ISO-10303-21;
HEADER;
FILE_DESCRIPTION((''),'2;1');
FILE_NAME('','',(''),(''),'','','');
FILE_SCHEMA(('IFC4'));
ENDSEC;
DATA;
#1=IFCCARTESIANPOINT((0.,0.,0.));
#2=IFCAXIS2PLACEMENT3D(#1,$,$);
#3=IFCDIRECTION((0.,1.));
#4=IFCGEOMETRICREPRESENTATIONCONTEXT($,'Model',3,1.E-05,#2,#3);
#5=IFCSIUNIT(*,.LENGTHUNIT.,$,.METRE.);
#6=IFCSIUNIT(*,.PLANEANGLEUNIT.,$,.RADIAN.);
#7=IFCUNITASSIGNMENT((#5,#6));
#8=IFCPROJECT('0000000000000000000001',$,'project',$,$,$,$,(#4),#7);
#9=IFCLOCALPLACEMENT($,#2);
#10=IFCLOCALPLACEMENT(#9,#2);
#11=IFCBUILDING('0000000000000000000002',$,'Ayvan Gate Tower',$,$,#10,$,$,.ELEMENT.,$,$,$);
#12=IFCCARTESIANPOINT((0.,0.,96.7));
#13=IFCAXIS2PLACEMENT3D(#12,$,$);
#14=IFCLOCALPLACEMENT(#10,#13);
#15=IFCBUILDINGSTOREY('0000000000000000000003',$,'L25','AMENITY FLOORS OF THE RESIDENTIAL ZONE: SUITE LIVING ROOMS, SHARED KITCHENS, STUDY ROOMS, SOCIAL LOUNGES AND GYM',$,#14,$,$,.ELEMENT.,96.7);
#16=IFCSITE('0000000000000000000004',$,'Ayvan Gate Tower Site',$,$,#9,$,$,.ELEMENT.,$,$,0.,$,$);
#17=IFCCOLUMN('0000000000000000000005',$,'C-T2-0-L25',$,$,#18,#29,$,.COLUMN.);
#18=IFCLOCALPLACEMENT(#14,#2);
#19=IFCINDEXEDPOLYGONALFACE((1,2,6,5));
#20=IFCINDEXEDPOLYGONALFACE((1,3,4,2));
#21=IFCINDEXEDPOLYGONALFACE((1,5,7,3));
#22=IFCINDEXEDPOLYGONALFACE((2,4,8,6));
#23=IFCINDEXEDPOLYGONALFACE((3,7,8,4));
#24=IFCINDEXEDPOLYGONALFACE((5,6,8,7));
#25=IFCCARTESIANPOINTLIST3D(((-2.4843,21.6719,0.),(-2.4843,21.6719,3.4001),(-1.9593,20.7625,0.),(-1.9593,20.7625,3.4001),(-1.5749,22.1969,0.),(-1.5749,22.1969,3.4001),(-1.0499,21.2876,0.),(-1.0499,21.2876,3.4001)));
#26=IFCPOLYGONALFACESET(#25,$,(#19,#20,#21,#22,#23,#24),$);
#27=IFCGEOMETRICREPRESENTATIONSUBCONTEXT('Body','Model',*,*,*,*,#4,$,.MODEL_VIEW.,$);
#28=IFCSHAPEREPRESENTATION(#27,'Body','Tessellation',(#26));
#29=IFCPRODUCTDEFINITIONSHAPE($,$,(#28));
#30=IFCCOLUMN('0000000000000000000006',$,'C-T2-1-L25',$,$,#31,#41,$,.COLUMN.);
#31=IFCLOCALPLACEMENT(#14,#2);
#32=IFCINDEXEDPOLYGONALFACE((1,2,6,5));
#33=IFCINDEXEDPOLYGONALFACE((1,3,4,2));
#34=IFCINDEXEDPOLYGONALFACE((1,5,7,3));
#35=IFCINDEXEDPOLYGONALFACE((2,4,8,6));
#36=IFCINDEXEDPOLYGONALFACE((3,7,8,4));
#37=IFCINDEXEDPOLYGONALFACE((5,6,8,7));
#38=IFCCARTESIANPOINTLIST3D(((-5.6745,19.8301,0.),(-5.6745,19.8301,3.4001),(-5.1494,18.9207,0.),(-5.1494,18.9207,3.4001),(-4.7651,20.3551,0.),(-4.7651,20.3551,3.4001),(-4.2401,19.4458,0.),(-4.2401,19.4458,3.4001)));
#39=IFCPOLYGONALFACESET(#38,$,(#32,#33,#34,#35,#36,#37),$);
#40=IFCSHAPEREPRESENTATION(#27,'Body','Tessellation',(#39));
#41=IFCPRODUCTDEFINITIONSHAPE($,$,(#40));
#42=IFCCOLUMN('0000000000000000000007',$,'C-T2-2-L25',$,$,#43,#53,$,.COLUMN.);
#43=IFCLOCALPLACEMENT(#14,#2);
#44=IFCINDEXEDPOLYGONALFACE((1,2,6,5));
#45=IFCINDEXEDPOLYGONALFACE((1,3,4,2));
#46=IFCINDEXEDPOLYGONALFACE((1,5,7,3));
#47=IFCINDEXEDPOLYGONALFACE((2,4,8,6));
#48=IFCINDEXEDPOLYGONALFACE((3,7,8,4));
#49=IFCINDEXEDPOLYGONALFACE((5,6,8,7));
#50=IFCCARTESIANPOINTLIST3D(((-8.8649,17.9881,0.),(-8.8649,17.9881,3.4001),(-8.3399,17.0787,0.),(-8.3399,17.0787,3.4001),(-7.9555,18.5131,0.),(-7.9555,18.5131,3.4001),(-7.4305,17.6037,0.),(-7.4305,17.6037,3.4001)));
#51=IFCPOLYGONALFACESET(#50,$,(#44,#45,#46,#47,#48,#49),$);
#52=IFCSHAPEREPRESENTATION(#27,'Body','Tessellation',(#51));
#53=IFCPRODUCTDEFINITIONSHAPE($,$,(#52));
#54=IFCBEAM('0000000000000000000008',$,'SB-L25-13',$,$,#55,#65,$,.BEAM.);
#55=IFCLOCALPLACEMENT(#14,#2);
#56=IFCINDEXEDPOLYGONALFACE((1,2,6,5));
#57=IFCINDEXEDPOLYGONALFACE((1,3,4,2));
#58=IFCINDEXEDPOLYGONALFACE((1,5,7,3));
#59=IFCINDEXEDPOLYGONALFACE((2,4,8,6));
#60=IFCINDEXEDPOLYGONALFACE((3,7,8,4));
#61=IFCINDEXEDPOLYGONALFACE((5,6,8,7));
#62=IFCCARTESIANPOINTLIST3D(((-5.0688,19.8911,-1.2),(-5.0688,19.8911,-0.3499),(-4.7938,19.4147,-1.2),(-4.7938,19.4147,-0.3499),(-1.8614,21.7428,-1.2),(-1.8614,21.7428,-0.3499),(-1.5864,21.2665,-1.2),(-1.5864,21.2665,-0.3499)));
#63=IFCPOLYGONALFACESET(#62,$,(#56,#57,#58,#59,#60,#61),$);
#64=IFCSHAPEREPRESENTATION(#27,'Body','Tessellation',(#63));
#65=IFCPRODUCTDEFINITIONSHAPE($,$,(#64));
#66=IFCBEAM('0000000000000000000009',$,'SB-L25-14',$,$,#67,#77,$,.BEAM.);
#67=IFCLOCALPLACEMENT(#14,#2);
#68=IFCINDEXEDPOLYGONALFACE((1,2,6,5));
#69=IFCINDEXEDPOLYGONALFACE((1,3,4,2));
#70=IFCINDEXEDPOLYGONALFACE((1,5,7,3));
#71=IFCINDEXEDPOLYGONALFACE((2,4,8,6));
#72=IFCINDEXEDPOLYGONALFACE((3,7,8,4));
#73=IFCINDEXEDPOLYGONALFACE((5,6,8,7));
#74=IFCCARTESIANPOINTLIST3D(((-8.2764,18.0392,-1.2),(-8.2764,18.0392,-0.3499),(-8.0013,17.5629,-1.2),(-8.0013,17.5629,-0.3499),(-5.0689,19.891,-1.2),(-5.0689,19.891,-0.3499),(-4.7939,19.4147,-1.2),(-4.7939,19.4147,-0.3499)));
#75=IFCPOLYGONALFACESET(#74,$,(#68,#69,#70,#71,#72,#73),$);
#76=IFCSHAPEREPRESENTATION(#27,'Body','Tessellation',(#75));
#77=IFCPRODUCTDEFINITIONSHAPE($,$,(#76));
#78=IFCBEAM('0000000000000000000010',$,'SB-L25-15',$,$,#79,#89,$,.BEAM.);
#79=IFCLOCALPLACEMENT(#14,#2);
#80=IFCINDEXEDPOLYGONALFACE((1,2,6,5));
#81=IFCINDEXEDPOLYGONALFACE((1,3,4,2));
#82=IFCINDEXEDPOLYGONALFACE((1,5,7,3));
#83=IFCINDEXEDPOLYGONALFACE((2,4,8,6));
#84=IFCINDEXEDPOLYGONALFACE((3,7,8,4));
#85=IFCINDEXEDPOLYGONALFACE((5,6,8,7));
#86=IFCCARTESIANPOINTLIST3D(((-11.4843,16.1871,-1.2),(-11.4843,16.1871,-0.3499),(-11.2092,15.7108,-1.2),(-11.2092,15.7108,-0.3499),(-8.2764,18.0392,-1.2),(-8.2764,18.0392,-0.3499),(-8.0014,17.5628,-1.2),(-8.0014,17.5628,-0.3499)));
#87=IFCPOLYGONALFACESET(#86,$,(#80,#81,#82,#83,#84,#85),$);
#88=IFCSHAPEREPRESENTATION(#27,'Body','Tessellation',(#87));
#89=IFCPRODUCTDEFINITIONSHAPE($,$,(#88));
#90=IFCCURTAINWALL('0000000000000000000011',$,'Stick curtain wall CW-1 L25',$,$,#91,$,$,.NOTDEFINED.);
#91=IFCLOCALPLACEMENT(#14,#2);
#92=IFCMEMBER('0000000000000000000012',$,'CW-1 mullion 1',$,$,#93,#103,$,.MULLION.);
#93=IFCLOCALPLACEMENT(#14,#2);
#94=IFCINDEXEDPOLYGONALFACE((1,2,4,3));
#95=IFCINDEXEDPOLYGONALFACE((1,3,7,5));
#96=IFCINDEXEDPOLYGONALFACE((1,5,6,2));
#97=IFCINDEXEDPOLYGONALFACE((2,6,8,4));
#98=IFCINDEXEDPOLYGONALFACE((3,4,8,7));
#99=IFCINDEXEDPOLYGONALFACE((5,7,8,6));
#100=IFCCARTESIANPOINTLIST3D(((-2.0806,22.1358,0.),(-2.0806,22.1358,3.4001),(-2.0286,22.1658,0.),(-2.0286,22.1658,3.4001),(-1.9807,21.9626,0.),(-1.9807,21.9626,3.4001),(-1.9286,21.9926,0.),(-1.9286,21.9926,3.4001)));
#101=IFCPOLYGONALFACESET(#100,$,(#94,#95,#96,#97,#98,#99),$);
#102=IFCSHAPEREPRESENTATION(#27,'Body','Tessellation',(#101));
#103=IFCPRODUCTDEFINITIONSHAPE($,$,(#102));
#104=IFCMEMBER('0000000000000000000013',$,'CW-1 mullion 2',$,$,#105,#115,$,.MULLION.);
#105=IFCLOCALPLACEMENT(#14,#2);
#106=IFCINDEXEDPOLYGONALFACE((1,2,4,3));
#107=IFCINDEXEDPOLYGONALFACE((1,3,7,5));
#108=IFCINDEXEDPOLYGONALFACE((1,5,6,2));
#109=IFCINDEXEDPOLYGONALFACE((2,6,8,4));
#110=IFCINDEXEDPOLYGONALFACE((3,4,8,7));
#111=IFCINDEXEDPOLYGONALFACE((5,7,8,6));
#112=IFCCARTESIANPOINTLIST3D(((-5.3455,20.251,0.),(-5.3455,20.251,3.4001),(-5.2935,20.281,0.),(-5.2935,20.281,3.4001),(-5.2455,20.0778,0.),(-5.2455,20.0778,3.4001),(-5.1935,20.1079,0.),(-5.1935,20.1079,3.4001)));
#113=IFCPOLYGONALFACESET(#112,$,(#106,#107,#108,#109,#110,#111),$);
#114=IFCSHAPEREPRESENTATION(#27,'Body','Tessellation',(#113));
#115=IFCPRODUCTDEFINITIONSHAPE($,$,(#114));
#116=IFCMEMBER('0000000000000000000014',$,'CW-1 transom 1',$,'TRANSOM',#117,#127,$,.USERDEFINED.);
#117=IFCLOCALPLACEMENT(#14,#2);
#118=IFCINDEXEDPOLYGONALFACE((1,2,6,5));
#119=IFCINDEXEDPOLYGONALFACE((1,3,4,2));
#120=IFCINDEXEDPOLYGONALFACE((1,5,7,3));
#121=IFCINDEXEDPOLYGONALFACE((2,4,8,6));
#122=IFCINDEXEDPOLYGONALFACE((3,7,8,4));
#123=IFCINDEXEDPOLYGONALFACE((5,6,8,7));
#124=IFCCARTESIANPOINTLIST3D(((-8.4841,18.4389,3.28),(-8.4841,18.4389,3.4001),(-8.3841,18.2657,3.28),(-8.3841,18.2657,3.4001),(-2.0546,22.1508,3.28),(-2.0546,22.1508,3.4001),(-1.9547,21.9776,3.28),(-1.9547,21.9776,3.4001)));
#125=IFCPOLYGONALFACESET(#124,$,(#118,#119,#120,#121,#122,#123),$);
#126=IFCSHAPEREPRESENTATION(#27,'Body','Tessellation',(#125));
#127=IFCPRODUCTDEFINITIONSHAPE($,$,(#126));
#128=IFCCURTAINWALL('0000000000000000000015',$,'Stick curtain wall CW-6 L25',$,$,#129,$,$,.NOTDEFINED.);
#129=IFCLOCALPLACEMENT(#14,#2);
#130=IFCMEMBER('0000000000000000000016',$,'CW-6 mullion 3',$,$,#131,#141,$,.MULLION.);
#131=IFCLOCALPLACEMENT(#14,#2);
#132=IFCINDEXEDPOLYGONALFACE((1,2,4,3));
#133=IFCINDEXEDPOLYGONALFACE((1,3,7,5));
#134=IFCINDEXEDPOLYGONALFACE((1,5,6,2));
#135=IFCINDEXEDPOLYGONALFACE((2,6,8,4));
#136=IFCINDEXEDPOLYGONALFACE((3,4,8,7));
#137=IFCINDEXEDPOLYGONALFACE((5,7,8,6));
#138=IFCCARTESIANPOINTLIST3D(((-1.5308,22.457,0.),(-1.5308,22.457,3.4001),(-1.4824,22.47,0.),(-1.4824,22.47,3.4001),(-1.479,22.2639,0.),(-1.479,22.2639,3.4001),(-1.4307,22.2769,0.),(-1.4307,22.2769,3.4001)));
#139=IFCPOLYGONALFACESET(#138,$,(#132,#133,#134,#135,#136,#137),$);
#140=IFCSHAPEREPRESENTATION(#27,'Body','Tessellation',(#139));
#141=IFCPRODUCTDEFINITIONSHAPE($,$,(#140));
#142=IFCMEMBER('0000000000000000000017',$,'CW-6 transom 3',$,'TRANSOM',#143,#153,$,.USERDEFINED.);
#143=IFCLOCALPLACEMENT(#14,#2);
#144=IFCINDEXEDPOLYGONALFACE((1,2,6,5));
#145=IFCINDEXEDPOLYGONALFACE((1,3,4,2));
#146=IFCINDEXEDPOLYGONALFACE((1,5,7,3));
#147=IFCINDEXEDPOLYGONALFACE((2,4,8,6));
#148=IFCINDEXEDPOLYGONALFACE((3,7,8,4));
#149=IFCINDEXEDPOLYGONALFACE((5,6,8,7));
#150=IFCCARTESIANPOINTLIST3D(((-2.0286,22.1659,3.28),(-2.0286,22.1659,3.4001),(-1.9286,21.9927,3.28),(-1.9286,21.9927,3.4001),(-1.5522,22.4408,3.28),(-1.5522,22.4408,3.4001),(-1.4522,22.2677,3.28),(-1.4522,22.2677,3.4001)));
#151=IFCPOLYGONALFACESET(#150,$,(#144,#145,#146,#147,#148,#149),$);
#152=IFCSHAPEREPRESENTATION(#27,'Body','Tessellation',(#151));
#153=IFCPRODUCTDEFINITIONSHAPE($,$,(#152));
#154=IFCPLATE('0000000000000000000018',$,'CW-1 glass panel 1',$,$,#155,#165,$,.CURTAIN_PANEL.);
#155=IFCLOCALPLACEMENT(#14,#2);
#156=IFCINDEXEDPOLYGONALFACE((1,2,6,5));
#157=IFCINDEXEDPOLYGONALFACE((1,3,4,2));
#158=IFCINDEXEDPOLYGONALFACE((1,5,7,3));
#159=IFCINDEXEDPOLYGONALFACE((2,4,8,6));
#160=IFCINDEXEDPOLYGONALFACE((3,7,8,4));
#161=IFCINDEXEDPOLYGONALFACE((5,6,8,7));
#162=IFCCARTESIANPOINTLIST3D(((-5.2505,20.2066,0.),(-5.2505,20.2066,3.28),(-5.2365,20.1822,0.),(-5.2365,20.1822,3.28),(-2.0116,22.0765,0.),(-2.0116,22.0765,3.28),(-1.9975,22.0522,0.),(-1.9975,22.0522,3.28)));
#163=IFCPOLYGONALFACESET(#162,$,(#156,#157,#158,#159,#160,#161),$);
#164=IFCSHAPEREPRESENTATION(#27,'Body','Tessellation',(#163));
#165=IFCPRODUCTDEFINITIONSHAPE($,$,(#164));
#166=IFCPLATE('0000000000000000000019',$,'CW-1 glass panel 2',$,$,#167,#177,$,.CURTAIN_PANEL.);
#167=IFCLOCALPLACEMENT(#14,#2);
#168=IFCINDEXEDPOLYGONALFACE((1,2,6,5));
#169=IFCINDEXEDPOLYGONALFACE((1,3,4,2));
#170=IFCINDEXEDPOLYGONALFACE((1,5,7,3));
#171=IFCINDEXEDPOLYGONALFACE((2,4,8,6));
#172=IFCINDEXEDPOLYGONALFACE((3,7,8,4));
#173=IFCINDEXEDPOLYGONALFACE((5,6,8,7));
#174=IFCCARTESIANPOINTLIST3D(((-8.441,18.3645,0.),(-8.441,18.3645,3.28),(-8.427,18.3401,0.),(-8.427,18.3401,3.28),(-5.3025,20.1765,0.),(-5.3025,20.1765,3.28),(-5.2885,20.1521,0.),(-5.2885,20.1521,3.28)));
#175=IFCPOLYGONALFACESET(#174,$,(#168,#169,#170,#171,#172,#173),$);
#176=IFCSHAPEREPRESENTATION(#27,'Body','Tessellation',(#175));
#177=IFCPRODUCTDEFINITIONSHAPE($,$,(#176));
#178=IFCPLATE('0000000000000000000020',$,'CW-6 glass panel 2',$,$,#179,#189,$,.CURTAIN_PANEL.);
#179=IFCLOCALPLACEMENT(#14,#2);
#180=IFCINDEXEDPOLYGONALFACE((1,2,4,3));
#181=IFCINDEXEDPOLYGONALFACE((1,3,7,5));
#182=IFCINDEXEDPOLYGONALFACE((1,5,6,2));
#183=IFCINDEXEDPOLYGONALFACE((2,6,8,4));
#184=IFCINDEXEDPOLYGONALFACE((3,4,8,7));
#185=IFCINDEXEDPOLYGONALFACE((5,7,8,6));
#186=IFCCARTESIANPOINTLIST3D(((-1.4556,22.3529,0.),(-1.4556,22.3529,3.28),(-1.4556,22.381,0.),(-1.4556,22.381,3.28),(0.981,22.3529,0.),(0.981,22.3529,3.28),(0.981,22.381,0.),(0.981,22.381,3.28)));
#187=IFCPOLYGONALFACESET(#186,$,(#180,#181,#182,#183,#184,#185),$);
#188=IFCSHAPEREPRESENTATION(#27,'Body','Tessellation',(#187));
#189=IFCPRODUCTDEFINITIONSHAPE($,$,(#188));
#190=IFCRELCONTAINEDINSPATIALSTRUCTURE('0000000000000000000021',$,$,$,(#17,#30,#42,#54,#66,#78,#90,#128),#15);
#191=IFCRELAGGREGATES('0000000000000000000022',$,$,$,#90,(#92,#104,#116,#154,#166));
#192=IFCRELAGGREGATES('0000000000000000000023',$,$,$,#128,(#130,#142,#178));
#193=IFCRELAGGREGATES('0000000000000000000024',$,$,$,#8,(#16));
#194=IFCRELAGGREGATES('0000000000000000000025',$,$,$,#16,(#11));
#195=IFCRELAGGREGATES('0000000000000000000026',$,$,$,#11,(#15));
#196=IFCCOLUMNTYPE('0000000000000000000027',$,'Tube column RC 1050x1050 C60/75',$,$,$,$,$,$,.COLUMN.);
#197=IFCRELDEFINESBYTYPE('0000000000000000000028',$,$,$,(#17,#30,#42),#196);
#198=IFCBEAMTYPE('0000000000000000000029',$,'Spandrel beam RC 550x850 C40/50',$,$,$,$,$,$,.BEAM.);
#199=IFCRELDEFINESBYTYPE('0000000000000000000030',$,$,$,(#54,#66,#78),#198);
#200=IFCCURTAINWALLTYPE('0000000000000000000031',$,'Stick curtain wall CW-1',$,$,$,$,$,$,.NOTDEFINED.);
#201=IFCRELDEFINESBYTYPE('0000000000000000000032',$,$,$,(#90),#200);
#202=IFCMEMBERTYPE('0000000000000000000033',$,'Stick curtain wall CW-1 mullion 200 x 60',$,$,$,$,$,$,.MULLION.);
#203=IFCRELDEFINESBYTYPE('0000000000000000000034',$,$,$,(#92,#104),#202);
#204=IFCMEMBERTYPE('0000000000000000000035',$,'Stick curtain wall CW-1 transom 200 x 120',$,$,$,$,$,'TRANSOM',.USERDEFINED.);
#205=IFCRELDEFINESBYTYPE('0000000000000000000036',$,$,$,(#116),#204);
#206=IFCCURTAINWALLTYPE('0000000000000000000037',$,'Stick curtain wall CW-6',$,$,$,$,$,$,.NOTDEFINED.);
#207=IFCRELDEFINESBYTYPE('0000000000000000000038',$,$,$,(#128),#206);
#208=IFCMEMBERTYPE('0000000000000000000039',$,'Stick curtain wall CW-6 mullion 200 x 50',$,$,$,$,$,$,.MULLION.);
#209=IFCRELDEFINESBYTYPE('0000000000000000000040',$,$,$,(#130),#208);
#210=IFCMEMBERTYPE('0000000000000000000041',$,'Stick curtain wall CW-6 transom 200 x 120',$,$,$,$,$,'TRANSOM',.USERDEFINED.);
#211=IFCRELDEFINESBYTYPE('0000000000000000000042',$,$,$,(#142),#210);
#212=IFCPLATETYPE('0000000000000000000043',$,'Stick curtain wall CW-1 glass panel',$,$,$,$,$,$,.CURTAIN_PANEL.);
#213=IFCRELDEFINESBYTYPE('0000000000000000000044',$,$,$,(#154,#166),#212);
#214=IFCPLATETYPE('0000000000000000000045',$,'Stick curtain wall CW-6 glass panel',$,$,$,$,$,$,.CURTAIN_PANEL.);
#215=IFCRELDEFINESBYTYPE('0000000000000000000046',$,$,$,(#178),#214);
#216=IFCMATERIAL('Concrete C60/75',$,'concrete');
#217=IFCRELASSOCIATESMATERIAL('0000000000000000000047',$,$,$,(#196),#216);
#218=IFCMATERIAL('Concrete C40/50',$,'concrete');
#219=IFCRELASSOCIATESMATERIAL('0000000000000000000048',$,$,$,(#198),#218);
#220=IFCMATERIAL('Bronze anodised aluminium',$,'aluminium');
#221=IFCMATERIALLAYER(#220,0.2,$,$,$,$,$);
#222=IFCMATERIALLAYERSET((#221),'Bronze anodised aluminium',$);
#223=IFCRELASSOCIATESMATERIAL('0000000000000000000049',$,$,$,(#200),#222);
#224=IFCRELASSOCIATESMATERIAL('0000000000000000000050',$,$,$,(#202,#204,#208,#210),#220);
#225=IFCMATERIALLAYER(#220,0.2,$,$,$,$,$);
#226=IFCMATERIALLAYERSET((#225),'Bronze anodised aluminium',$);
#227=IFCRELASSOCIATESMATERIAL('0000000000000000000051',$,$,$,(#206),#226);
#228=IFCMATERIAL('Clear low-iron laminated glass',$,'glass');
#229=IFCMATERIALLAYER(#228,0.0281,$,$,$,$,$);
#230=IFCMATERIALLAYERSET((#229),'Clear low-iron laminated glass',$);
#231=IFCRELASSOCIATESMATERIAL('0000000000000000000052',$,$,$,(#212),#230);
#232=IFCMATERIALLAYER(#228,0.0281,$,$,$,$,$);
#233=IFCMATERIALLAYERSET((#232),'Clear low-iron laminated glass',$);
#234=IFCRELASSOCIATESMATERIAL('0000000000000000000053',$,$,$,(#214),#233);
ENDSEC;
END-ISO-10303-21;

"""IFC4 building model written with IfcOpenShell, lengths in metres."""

from ifc_helpers import new_model, si_unit, direction, frame, origin, origin_2d, place, context, subcontext, project, spatial, rectangle, extrude, material, layer, layer_set, material_profile, profile_set, type_object, element, aggregate, save


model = new_model("IFC4")

# Units and contexts
model_context = context("Model", 3, precision=1e-05, world=origin(), true_north=direction((0.0, 1.0)))
body_context = subcontext(model_context, "Body", "Model", "MODEL_VIEW")
ifc_project = project(units=[si_unit("LENGTHUNIT", "METRE"), si_unit("PLANEANGLEUNIT", "RADIAN")], contexts=[model_context])

# Site, building, storey
site_placement = place(None, origin())
site = spatial("IfcSite", under=ifc_project, at=site_placement, Name="Ayvan Gate Tower Site", CompositionType="ELEMENT", RefElevation=0.0)
building_placement = place(site_placement, origin())
building = spatial("IfcBuilding", under=site, at=building_placement, Name="Ayvan Gate Tower", CompositionType="ELEMENT")
storey_placement = place(building_placement, frame((0.0, 0.0, 96.7)))
storey = spatial("IfcBuildingStorey", under=building, at=storey_placement, Name="L25", Description="AMENITY FLOORS OF THE RESIDENTIAL ZONE: SUITE LIVING ROOMS, SHARED KITCHENS, STUDY ROOMS, SOCIAL LOUNGES AND GYM", CompositionType="ELEMENT", Elevation=96.7)

# Columns
ifc_material_1 = material(Name="Concrete C60/75", Category="concrete")
ifc_material_profile_1 = material_profile(ifc_material_1, rectangle(XDim=1.05, YDim=1.05, at=origin_2d()), Name="RC 1050x1050")
ifc_profile_set_1 = profile_set([ifc_material_profile_1], Name="Concrete C60/75")
column_type = type_object("IfcColumnType", Name="Tube column RC 1050x1050 C60/75", PredefinedType="COLUMN", material=ifc_profile_set_1)
for number, where, z_axis, x_axis, name in (
    (1, (-1.7671, 21.4797, 0.0), (0.0, 0.0, 1.0), (-0.5, 0.866025, 0.0), "C-T2-0-L25"),
    (2, (-4.9573, 19.6379, 0.0), (0.0, 0.0, 1.0), (-0.5, 0.866025, 0.0), "C-T2-1-L25"),
    (3, (-8.1477, 17.7959, 0.0), (0.0, 0.0, 1.0), (-0.5, 0.866025, 0.0), "C-T2-2-L25"),
):
    element("IfcColumn", number, at=place(storey_placement, frame(where, z_axis=z_axis, x_axis=x_axis)), inside=storey, type_object=column_type, Name=name, PredefinedType="COLUMN", context=body_context, shape_type="SweptSolid", body=[
        extrude(rectangle(XDim=1.05, YDim=1.05, at=origin_2d()), origin(), (0.0, 0.0, 1.0), 3.4001),
    ])

# Beams
ifc_material_2 = material(Name="Concrete C40/50", Category="concrete")
ifc_material_profile_2 = material_profile(ifc_material_2, rectangle(XDim=0.55, YDim=0.8501, at=origin_2d()), Name="RC 550x850")
ifc_profile_set_2 = profile_set([ifc_material_profile_2], Name="Concrete C40/50")
beam_type = type_object("IfcBeamType", Name="Spandrel beam RC 550x850 C40/50", PredefinedType="BEAM", material=ifc_profile_set_2)
for number, where, z_axis, x_axis, name in (
    (4, (-1.7239, 21.5046, -0.7749), (-0.866032, -0.499989, 0.0), (0.499989, -0.866032, 0.0), "SB-L25-13"),
    (5, (-4.9314, 19.6528, -0.7749), (-0.866032, -0.499989, 0.0), (0.499989, -0.866032, 0.0), "SB-L25-14"),
):
    element("IfcBeam", number, at=place(storey_placement, frame(where, z_axis=z_axis, x_axis=x_axis)), inside=storey, type_object=beam_type, Name=name, PredefinedType="BEAM", context=body_context, shape_type="SweptSolid", body=[
        extrude(rectangle(XDim=0.55, YDim=0.8501, at=origin_2d()), origin(), (0.0, 0.0, 1.0), 3.7036),
    ])
beam_placement = place(storey_placement, frame((-8.1389, 17.801, -0.7749), z_axis=(-0.86602, -0.50001, 0.0), x_axis=(0.50001, -0.86602, 0.0)))
element("IfcBeam", 6, at=beam_placement, inside=storey, type_object=beam_type, Name="SB-L25-15", PredefinedType="BEAM", context=body_context, shape_type="SweptSolid", body=[
    extrude(rectangle(XDim=0.55, YDim=0.8501, at=origin_2d()), origin(), (0.0, 0.0, 1.0), 3.7041),
])

# Curtain walls, members
ifc_material_3 = material(Name="Bronze anodised aluminium", Category="aluminium")
ifc_layer_1 = layer(ifc_material_3, 0.2)
ifc_layer_set_1 = layer_set([ifc_layer_1], Name="Bronze anodised aluminium")
curtain_wall_type_1 = type_object("IfcCurtainWallType", Name="Stick curtain wall CW-1", PredefinedType="NOTDEFINED", material=ifc_layer_set_1)
curtain_wall_1_placement = place(storey_placement, origin())
curtain_wall_1 = element("IfcCurtainWall", 7, at=curtain_wall_1_placement, inside=storey, type_object=curtain_wall_type_1, Name="Stick curtain wall CW-1 L25", PredefinedType="NOTDEFINED")
ifc_material_profile_3 = material_profile(ifc_material_3, rectangle(XDim=0.2, YDim=0.0601, at=origin_2d()), Name="Stick curtain wall CW-1 mullion 200 x 60")
ifc_profile_set_3 = profile_set([ifc_material_profile_3], Name="Bronze anodised aluminium")
member_type_1 = type_object("IfcMemberType", Name="Stick curtain wall CW-1 mullion 200 x 60", PredefinedType="MULLION", material=ifc_profile_set_3)
member_1_placement = place(storey_placement, frame((-2.0046, 22.0642, 0.0), z_axis=(0.0, 0.0, 1.0), x_axis=(-0.5, 0.866025, 0.0)))
member_1 = element("IfcMember", 8, at=member_1_placement, type_object=member_type_1, Name="CW-1 mullion 1", PredefinedType="MULLION", context=body_context, shape_type="SweptSolid", body=[
    extrude(rectangle(XDim=0.2, YDim=0.0601, at=origin_2d()), origin(), (0.0, 0.0, 1.0), 3.4001),
])
member_2_placement = place(storey_placement, frame((-5.2695, 20.1794, 0.0), z_axis=(0.0, 0.0, 1.0), x_axis=(-0.5, 0.866025, 0.0)))
member_2 = element("IfcMember", 9, at=member_2_placement, type_object=member_type_1, Name="CW-1 mullion 2", PredefinedType="MULLION", context=body_context, shape_type="SweptSolid", body=[
    extrude(rectangle(XDim=0.2, YDim=0.0601, at=origin_2d()), origin(), (0.0, 0.0, 1.0), 3.4001),
])
ifc_material_profile_4 = material_profile(ifc_material_3, rectangle(XDim=0.2, YDim=0.1201, at=origin_2d()), Name="Stick curtain wall CW-1 transom 200 x 120")
ifc_profile_set_4 = profile_set([ifc_material_profile_4], Name="Bronze anodised aluminium")
member_type_2 = type_object("IfcMemberType", Name="Stick curtain wall CW-1 transom 200 x 120", ElementType="TRANSOM", PredefinedType="USERDEFINED", material=ifc_profile_set_4)
member_3_placement = place(storey_placement, frame((-2.0046, 22.0642, 3.3401), z_axis=(-0.866033, -0.499987, 0.0), x_axis=(0.499987, -0.866033, 0.0)))
member_3 = element("IfcMember", 10, at=member_3_placement, type_object=member_type_2, Name="CW-1 transom 1", ObjectType="TRANSOM", PredefinedType="USERDEFINED", context=body_context, shape_type="SweptSolid", body=[
    extrude(rectangle(XDim=0.2, YDim=0.1201, at=origin_2d()), origin(), (0.0, 0.0, 1.0), 7.4241),
])
ifc_layer_2 = layer(ifc_material_3, 0.2)
ifc_layer_set_2 = layer_set([ifc_layer_2], Name="Bronze anodised aluminium")
curtain_wall_type_2 = type_object("IfcCurtainWallType", Name="Stick curtain wall CW-6", PredefinedType="NOTDEFINED", material=ifc_layer_set_2)
curtain_wall_2_placement = place(storey_placement, origin())
curtain_wall_2 = element("IfcCurtainWall", 11, at=curtain_wall_2_placement, inside=storey, type_object=curtain_wall_type_2, Name="Stick curtain wall CW-6 L25", PredefinedType="NOTDEFINED")
ifc_material_profile_5 = material_profile(ifc_material_3, rectangle(XDim=0.2, YDim=0.05, at=origin_2d()), Name="Stick curtain wall CW-6 mullion 200 x 50")
ifc_profile_set_5 = profile_set([ifc_material_profile_5], Name="Bronze anodised aluminium")
member_type_3 = type_object("IfcMemberType", Name="Stick curtain wall CW-6 mullion 200 x 50", PredefinedType="MULLION", material=ifc_profile_set_5)
member_4_placement = place(storey_placement, frame((-1.4807, 22.3669, 0.0), z_axis=(0.0, 0.0, 1.0), x_axis=(-0.258819, 0.965926, 0.0)))
member_4 = element("IfcMember", 12, at=member_4_placement, type_object=member_type_3, Name="CW-6 mullion 3", PredefinedType="MULLION", context=body_context, shape_type="SweptSolid", body=[
    extrude(rectangle(XDim=0.2, YDim=0.05, at=origin_2d()), origin(), (0.0, 0.0, 1.0), 3.4001),
])
ifc_material_profile_6 = material_profile(ifc_material_3, rectangle(XDim=0.2, YDim=0.1201, at=origin_2d()), Name="Stick curtain wall CW-6 transom 200 x 120")
ifc_profile_set_6 = profile_set([ifc_material_profile_6], Name="Bronze anodised aluminium")
member_type_4 = type_object("IfcMemberType", Name="Stick curtain wall CW-6 transom 200 x 120", ElementType="TRANSOM", PredefinedType="USERDEFINED", material=ifc_profile_set_6)
member_5_placement = place(storey_placement, frame((-1.5022, 22.3542, 3.3401), z_axis=(-0.866104, -0.499863, 0.0), x_axis=(0.499863, -0.866104, 0.0)))
member_5 = element("IfcMember", 13, at=member_5_placement, type_object=member_type_4, Name="CW-6 transom 3", ObjectType="TRANSOM", PredefinedType="USERDEFINED", context=body_context, shape_type="SweptSolid", body=[
    extrude(rectangle(XDim=0.2, YDim=0.1201, at=origin_2d()), origin(), (0.0, 0.0, 1.0), 0.55),
])

# Plates
ifc_material_4 = material(Name="Clear low-iron laminated glass", Category="glass")
ifc_layer_3 = layer(ifc_material_4, 0.0281)
ifc_layer_set_3 = layer_set([ifc_layer_3], Name="Clear low-iron laminated glass")
plate_type_1 = type_object("IfcPlateType", Name="Stick curtain wall CW-1 glass panel", PredefinedType="CURTAIN_PANEL", material=ifc_layer_set_3)
plate_1_placement = place(storey_placement, frame((-3.624, 21.1294, 0.0), z_axis=(0.0, 0.0, 1.0), x_axis=(-0.866025, -0.5, 0.0)))
plate_1 = element("IfcPlate", 14, at=plate_1_placement, type_object=plate_type_1, Name="CW-1 glass panel 1", PredefinedType="CURTAIN_PANEL", context=body_context, shape_type="SweptSolid", body=[
    extrude(rectangle(XDim=3.74, YDim=0.0281, at=origin_2d()), origin(), (0.0, 0.0, 1.0), 3.28),
])
plate_2_placement = place(storey_placement, frame((-6.8647, 19.2583, 0.0), z_axis=(0.0, 0.0, 1.0), x_axis=(-0.866025, -0.5, 0.0)))
plate_2 = element("IfcPlate", 15, at=plate_2_placement, type_object=plate_type_1, Name="CW-1 glass panel 2", PredefinedType="CURTAIN_PANEL", context=body_context, shape_type="SweptSolid", body=[
    extrude(rectangle(XDim=3.624, YDim=0.0281, at=origin_2d()), origin(), (0.0, 0.0, 1.0), 3.28),
])
aggregate(curtain_wall_1, [member_1, member_2, member_3, plate_1, plate_2])
ifc_layer_4 = layer(ifc_material_4, 0.0281)
ifc_layer_set_4 = layer_set([ifc_layer_4], Name="Clear low-iron laminated glass")
plate_type_2 = type_object("IfcPlateType", Name="Stick curtain wall CW-6 glass panel", PredefinedType="CURTAIN_PANEL", material=ifc_layer_set_4)
plate_3_placement = place(storey_placement, frame((-0.2373, 22.3669, 0.0), z_axis=(0.0, 0.0, 1.0), x_axis=(-1.0, 0.0, 0.0)))
plate_3 = element("IfcPlate", 16, at=plate_3_placement, type_object=plate_type_2, Name="CW-6 glass panel 2", PredefinedType="CURTAIN_PANEL", context=body_context, shape_type="SweptSolid", body=[
    extrude(rectangle(XDim=2.4365, YDim=0.0281, at=origin_2d()), origin(), (0.0, 0.0, 1.0), 3.28),
])
aggregate(curtain_wall_2, [member_4, member_5, plate_3])

save(model, "model.ifc")
